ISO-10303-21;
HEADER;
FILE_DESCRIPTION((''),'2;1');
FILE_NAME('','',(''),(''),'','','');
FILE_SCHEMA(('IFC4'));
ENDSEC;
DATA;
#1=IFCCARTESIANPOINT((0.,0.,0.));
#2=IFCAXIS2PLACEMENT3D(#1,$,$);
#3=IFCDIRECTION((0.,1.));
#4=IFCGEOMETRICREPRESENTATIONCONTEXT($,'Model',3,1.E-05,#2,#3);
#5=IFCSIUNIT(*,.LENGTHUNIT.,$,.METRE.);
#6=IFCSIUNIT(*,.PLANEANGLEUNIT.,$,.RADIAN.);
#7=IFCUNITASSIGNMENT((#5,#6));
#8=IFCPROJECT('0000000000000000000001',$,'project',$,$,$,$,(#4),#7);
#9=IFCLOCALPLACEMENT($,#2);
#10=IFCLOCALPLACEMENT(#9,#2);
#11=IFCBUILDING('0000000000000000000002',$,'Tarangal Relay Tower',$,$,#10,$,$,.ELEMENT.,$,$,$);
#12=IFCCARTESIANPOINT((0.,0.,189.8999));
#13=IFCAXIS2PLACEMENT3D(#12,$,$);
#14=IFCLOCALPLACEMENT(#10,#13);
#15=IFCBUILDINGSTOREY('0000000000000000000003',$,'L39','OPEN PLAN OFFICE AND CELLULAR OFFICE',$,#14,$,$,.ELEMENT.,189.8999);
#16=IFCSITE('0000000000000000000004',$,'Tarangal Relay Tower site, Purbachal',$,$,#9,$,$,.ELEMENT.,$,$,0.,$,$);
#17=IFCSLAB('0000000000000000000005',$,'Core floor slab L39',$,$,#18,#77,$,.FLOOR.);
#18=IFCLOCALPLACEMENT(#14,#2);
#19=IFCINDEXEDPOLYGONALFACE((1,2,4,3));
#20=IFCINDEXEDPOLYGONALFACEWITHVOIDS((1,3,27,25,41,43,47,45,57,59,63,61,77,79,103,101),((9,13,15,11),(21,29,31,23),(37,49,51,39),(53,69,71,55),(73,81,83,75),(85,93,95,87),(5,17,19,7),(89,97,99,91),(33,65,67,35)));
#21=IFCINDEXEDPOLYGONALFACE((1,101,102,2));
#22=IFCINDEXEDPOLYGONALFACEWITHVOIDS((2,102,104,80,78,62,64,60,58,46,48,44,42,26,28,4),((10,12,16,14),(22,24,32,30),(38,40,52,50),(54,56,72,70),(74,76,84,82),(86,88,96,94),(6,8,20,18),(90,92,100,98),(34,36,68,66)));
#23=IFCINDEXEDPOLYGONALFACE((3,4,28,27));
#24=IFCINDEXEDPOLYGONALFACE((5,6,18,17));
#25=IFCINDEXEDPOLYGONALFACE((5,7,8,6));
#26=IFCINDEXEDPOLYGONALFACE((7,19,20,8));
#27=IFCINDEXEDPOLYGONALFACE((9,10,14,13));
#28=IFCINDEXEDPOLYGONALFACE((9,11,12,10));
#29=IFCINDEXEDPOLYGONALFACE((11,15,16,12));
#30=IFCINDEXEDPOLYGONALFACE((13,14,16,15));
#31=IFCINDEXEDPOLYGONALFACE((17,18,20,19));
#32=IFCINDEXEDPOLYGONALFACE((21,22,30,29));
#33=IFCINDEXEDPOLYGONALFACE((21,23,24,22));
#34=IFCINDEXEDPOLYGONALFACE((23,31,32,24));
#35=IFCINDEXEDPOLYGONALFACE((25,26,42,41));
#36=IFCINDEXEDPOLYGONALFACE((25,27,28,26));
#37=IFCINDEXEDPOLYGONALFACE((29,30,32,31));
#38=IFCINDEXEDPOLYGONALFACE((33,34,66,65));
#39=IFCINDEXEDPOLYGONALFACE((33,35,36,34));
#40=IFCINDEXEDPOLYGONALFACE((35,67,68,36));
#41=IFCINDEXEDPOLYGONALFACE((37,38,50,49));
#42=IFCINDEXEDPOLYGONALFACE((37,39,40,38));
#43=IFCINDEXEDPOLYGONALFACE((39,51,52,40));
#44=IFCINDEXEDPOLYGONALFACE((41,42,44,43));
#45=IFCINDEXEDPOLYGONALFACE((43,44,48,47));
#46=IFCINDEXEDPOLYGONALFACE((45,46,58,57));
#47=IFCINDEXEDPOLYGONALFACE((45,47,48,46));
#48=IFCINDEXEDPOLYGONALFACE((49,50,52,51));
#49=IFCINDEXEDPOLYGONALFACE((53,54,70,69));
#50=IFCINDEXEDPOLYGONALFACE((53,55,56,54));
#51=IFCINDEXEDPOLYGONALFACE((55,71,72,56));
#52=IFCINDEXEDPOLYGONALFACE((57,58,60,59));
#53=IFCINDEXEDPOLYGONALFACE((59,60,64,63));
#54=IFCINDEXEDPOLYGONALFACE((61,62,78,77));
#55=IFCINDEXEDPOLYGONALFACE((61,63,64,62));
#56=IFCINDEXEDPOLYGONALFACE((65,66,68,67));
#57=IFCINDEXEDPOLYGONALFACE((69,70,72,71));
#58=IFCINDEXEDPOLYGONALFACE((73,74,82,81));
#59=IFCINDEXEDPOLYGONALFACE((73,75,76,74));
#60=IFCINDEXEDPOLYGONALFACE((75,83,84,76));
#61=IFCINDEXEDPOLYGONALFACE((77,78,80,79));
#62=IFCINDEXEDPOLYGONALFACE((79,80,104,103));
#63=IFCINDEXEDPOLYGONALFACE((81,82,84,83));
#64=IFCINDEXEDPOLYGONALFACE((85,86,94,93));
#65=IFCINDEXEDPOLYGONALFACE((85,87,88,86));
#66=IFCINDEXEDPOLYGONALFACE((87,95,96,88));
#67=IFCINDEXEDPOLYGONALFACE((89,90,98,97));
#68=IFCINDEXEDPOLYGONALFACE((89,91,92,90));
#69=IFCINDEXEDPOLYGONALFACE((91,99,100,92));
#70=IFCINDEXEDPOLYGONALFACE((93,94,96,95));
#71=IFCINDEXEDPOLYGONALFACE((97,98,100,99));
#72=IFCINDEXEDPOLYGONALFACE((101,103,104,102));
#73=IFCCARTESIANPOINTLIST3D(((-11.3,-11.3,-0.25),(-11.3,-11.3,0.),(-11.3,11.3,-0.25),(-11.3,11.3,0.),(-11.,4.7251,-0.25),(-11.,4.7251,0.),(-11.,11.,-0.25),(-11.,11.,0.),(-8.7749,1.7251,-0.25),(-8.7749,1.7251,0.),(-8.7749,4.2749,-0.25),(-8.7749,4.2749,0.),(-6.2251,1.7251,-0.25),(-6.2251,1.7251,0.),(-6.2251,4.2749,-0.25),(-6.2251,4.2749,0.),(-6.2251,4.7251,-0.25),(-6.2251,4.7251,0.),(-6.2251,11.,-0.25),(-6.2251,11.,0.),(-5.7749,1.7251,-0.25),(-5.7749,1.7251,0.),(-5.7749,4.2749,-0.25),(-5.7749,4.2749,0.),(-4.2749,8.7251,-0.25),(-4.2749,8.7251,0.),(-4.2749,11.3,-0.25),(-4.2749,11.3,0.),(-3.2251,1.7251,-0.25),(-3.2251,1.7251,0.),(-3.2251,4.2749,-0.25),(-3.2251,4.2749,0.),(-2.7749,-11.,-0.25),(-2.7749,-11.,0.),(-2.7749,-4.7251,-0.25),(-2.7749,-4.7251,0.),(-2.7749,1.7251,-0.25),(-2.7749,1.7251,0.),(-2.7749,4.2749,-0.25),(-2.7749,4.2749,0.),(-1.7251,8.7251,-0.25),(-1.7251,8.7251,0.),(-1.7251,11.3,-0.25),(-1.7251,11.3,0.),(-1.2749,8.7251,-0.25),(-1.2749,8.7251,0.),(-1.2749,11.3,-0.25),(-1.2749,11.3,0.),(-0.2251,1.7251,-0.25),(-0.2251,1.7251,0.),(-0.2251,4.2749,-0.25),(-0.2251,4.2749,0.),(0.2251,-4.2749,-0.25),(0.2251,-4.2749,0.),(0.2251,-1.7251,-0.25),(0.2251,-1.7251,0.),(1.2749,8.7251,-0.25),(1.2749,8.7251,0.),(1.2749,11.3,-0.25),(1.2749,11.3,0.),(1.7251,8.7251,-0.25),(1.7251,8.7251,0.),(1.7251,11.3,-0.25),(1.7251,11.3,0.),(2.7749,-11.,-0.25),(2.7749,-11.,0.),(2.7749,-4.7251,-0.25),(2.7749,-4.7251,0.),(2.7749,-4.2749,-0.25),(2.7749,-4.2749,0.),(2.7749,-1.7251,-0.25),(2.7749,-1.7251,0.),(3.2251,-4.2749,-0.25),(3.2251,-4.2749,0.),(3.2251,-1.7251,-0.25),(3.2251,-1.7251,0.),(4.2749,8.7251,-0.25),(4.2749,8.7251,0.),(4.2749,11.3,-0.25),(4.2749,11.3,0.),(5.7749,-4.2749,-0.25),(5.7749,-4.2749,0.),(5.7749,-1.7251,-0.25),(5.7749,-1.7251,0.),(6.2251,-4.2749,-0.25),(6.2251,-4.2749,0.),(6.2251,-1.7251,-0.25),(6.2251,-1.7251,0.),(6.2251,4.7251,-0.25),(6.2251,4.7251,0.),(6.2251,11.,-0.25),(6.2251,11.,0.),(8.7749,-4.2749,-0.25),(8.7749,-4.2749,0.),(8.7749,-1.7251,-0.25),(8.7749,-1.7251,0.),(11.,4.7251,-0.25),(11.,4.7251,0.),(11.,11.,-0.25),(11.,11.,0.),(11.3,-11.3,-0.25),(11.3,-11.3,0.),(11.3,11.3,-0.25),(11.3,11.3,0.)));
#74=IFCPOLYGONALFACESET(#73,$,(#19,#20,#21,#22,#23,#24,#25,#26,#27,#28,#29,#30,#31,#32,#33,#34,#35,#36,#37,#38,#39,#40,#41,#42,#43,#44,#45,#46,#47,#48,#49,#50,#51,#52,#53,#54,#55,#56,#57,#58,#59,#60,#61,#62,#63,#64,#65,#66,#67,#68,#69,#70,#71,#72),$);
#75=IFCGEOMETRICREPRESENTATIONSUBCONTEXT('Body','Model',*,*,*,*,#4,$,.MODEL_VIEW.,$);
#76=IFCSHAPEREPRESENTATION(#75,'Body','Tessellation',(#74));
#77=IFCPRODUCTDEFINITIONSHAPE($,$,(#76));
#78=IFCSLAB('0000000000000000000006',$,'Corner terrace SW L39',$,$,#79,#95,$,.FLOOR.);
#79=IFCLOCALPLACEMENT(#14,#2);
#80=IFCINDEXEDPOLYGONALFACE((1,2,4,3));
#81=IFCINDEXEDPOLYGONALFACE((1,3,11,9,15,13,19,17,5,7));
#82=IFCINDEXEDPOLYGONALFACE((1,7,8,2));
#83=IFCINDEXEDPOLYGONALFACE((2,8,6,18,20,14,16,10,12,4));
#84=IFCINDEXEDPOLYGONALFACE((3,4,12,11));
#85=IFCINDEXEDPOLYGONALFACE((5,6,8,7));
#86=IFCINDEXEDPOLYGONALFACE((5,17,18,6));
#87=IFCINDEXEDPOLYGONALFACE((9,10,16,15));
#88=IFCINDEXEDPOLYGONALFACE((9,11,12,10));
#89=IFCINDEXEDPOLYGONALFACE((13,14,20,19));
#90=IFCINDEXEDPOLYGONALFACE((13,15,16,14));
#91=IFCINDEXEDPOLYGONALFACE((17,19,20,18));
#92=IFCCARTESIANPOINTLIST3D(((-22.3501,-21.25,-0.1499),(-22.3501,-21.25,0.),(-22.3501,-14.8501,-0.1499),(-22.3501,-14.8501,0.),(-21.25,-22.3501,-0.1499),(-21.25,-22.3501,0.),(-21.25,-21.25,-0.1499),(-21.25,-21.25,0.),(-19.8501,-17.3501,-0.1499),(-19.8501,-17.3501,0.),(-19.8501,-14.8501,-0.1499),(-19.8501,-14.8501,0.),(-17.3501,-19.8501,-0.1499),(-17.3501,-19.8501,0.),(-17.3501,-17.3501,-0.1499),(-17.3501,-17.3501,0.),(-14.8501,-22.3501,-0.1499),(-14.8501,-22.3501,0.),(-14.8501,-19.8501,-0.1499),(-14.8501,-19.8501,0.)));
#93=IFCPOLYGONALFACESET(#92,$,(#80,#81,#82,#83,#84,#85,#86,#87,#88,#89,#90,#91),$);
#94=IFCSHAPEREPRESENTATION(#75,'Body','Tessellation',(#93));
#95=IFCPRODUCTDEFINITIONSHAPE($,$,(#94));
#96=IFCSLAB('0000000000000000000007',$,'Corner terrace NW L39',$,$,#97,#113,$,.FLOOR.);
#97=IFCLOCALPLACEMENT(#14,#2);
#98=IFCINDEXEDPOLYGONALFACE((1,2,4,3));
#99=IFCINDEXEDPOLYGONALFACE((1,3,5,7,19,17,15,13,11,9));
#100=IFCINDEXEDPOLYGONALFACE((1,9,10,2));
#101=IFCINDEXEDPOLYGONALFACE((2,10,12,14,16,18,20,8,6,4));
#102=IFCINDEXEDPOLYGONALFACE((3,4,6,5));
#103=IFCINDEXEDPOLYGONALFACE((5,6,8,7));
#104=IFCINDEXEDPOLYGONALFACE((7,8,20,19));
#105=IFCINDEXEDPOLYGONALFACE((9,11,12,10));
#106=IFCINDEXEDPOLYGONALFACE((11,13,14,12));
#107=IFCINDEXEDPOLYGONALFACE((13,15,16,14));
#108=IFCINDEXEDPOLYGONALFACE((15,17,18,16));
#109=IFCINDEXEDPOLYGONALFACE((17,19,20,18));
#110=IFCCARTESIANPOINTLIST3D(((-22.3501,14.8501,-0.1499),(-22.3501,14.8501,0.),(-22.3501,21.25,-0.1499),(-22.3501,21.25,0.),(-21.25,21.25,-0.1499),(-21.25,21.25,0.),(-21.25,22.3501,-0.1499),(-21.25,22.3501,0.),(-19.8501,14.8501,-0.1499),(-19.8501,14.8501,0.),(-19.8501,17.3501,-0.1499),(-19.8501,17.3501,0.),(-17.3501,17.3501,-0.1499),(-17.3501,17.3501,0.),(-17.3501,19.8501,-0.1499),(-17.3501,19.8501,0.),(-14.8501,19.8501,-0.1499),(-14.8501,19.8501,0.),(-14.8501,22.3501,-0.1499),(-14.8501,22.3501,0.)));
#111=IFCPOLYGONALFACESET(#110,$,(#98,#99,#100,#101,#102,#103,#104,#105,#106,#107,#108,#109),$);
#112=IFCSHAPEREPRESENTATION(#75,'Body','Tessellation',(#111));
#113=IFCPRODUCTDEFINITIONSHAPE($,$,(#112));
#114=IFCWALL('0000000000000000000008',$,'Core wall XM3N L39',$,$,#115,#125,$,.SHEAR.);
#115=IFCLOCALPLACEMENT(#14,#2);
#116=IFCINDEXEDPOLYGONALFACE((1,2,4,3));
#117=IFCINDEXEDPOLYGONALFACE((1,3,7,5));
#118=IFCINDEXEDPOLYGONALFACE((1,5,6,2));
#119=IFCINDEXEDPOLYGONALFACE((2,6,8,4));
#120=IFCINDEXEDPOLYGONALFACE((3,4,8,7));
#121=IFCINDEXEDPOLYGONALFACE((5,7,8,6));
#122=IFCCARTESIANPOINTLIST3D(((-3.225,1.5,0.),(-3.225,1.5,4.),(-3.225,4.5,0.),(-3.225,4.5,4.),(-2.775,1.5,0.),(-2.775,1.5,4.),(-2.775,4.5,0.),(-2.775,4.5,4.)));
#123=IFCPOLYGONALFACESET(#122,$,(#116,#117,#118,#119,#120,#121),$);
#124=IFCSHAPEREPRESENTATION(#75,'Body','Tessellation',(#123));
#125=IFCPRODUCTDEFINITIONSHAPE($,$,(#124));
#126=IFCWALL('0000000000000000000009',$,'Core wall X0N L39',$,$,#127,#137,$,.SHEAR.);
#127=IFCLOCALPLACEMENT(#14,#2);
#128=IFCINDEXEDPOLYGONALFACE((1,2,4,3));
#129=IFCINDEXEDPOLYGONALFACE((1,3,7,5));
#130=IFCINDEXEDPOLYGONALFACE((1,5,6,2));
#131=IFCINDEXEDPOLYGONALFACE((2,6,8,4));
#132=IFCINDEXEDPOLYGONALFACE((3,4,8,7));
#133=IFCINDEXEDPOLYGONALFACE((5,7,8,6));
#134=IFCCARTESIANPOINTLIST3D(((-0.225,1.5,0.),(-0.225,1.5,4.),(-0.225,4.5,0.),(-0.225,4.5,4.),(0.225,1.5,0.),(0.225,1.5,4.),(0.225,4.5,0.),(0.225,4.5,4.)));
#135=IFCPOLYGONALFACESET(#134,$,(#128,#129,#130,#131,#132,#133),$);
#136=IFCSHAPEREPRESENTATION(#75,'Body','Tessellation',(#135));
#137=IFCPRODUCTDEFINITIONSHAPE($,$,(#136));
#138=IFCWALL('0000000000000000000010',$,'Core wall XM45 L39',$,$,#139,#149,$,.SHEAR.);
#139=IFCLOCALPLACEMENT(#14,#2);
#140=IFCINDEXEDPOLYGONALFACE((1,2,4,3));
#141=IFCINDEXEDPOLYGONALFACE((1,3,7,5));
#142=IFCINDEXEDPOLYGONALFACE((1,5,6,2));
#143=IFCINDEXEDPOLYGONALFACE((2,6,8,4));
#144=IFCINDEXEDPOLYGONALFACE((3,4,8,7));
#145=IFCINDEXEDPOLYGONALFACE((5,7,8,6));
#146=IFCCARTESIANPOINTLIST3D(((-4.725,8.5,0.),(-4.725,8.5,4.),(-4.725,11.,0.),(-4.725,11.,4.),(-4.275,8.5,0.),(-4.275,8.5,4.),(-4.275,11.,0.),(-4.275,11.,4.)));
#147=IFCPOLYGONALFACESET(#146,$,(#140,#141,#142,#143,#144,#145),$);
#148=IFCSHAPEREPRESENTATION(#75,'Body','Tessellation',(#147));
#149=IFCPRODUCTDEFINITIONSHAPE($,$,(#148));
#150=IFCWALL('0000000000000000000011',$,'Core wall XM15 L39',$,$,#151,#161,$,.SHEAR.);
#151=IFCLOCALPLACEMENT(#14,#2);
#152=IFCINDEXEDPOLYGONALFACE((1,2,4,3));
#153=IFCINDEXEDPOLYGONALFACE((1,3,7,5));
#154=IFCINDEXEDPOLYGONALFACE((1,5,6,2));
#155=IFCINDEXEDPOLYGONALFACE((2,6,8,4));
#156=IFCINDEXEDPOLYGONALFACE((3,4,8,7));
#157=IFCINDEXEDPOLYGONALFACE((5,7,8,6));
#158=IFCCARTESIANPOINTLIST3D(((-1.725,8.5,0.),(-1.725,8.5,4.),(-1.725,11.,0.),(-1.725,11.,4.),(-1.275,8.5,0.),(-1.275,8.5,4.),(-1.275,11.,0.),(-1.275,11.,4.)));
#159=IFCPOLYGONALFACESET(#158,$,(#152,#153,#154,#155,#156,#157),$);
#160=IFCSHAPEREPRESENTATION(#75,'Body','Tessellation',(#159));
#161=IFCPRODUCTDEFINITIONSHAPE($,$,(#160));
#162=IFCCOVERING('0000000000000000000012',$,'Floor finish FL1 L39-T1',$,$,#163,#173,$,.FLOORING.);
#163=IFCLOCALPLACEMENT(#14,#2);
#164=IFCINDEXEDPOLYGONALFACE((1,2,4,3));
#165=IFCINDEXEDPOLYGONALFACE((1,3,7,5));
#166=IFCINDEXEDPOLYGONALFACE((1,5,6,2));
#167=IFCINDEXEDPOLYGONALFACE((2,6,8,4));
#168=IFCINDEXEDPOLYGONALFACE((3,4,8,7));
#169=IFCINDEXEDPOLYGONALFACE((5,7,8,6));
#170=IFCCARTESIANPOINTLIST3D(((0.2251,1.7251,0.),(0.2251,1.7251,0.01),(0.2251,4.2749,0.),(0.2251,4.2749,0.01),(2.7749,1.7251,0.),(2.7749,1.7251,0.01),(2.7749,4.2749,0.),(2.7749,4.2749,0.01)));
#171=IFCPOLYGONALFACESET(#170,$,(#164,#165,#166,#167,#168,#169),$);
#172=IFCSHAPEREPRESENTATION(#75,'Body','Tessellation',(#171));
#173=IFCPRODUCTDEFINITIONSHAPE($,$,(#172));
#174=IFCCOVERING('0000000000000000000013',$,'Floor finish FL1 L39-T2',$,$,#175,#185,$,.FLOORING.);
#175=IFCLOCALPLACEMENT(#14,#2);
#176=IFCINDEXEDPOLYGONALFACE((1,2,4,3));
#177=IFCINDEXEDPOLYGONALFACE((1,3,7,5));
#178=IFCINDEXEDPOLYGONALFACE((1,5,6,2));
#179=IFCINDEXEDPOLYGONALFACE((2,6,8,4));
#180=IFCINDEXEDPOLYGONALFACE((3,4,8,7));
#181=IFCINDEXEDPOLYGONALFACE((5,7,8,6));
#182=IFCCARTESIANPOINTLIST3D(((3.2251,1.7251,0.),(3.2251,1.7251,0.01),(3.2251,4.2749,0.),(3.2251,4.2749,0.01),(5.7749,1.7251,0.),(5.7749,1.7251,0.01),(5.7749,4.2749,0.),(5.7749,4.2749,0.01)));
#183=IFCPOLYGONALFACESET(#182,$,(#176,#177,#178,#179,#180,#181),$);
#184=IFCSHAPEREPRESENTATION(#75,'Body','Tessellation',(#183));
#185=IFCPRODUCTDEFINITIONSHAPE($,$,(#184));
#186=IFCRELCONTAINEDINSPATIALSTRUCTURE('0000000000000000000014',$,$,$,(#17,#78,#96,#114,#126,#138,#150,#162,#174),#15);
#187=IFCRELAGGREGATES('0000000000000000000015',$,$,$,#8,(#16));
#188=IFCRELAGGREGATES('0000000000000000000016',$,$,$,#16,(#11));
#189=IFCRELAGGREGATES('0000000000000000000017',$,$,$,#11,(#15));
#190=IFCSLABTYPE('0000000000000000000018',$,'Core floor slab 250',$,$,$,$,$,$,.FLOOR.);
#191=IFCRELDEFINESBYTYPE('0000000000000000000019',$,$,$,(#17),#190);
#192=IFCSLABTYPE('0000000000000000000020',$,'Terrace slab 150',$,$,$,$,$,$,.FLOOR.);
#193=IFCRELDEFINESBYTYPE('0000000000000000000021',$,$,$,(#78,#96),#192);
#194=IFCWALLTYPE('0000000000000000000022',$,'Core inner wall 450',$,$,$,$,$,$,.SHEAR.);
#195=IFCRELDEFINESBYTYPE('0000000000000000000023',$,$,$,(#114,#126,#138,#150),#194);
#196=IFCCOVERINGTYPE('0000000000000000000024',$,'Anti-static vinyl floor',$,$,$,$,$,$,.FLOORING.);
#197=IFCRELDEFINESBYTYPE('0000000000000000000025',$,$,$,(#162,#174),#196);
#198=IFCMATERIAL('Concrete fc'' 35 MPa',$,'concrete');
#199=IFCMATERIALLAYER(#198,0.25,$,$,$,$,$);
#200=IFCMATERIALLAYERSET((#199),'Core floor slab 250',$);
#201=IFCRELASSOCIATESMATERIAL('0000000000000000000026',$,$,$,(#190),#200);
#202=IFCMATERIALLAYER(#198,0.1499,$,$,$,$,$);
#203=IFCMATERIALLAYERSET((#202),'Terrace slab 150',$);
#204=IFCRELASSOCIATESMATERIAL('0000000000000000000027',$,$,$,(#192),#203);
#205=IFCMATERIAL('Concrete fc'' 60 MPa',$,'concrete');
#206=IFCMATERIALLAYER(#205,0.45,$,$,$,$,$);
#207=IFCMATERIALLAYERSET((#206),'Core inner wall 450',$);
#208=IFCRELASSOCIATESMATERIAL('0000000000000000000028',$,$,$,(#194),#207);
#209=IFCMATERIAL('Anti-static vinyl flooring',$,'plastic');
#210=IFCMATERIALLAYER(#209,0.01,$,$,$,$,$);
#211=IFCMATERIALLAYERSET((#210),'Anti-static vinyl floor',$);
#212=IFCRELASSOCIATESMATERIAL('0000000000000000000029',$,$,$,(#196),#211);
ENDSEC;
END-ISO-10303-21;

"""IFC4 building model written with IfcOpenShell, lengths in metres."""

from ifc_helpers import new_model, si_unit, direction, frame, frame_2d, origin, place, context, subcontext, project, spatial, polyline, rectangle, outline, extrude, material, layer, layer_set, type_object, element, save


model = new_model("IFC4")

# Units and contexts
model_context = context("Model", 3, precision=1e-05, world=origin(), true_north=direction((0.0, 1.0)))
body_context = subcontext(model_context, "Body", "Model", "MODEL_VIEW")
ifc_project = project(units=[si_unit("LENGTHUNIT", "METRE"), si_unit("PLANEANGLEUNIT", "RADIAN")], contexts=[model_context])

# Site, building, storey
site_placement = place(None, origin())
site = spatial("IfcSite", under=ifc_project, at=site_placement, Name="Tarangal Relay Tower site, Purbachal", CompositionType="ELEMENT", RefElevation=0.0)
building_placement = place(site_placement, origin())
building = spatial("IfcBuilding", under=site, at=building_placement, Name="Tarangal Relay Tower", CompositionType="ELEMENT")
storey_placement = place(building_placement, frame((0.0, 0.0, 189.8999)))
storey = spatial("IfcBuildingStorey", under=building, at=storey_placement, Name="L39", Description="OPEN PLAN OFFICE AND CELLULAR OFFICE", CompositionType="ELEMENT", Elevation=189.8999)

# Slabs
ifc_material_1 = material(Name="Concrete fc' 35 MPa", Category="concrete")
ifc_layer_1 = layer(ifc_material_1, 0.25)
ifc_layer_set_1 = layer_set([ifc_layer_1], Name="Core floor slab 250")
slab_type_1 = type_object("IfcSlabType", Name="Core floor slab 250", PredefinedType="FLOOR", material=ifc_layer_set_1)
slab_1_placement = place(storey_placement, frame((0.0, 0.0, -0.25)))
element("IfcSlab", 1, at=slab_1_placement, inside=storey, type_object=slab_type_1, Name="Core floor slab L39", PredefinedType="FLOOR", context=body_context, shape_type="SweptSolid", body=[
    extrude(outline(polyline([(11.3, 11.3), (11.3, -11.3), (-11.3, -11.3), (-11.3, 11.3), (-4.2749, 11.3), (-4.2749, 8.7251), (-1.7251, 8.7251), (-1.7251, 11.3), (-1.2749, 11.3), (-1.2749, 8.7251), (1.2749, 8.7251), (1.2749, 11.3), (1.7251, 11.3), (1.7251, 8.7251), (4.2749, 8.7251), (4.2749, 11.3), (11.3, 11.3)]), holes=[polyline([(-6.2251, 4.2749), (-8.7749, 4.2749), (-8.7749, 1.7251), (-6.2251, 1.7251), (-6.2251, 4.2749)]), polyline([(-3.2251, 1.7251), (-3.2251, 4.2749), (-5.7749, 4.2749), (-5.7749, 1.7251), (-3.2251, 1.7251)]), polyline([(-0.2251, 1.7251), (-0.2251, 4.2749), (-2.7749, 4.2749), (-2.7749, 1.7251), (-0.2251, 1.7251)]), polyline([(-6.2251, 11.0), (-11.0, 11.0), (-11.0, 4.7251), (-6.2251, 4.7251), (-6.2251, 11.0)]), polyline([(2.7749, -4.7251), (-2.7749, -4.7251), (-2.7749, -11.0), (2.7749, -11.0), (2.7749, -4.7251)]), polyline([(2.7749, -4.2749), (2.7749, -1.7251), (0.2251, -1.7251), (0.2251, -4.2749), (2.7749, -4.2749)]), polyline([(5.7749, -4.2749), (5.7749, -1.7251), (3.2251, -1.7251), (3.2251, -4.2749), (5.7749, -4.2749)]), polyline([(8.7749, -1.7251), (6.2251, -1.7251), (6.2251, -4.2749), (8.7749, -4.2749), (8.7749, -1.7251)]), polyline([(11.0, 4.7251), (11.0, 11.0), (6.2251, 11.0), (6.2251, 4.7251), (11.0, 4.7251)])]), origin(), (0.0, 0.0, 1.0), 0.25),
])
ifc_layer_2 = layer(ifc_material_1, 0.1499)
ifc_layer_set_2 = layer_set([ifc_layer_2], Name="Terrace slab 150")
slab_type_2 = type_object("IfcSlabType", Name="Terrace slab 150", PredefinedType="FLOOR", material=ifc_layer_set_2)
slab_2_placement = place(storey_placement, frame((0.0, 0.0, -0.1499)))
element("IfcSlab", 2, at=slab_2_placement, inside=storey, type_object=slab_type_2, Name="Corner terrace SW L39", PredefinedType="FLOOR", context=body_context, shape_type="SweptSolid", body=[
    extrude(outline(polyline([(-14.8501, -22.3501), (-14.8501, -19.8501), (-17.3501, -19.8501), (-17.3501, -17.3501), (-19.8501, -17.3501), (-19.8501, -14.8501), (-22.3501, -14.8501), (-22.3501, -21.25), (-21.25, -21.25), (-21.25, -22.3501), (-14.8501, -22.3501)])), origin(), (0.0, 0.0, 1.0), 0.1499),
])
slab_3_placement = place(storey_placement, frame((0.0, 0.0, -0.1499)))
element("IfcSlab", 3, at=slab_3_placement, inside=storey, type_object=slab_type_2, Name="Corner terrace NW L39", PredefinedType="FLOOR", context=body_context, shape_type="SweptSolid", body=[
    extrude(outline(polyline([(-22.3501, 14.8501), (-19.8501, 14.8501), (-19.8501, 17.3501), (-17.3501, 17.3501), (-17.3501, 19.8501), (-14.8501, 19.8501), (-14.8501, 22.3501), (-21.25, 22.3501), (-21.25, 21.25), (-22.3501, 21.25), (-22.3501, 14.8501)])), origin(), (0.0, 0.0, 1.0), 0.1499),
])

# Shared definitions
ifc_material_2 = material(Name="Concrete fc' 60 MPa", Category="concrete")
ifc_layer_3 = layer(ifc_material_2, 0.45)
ifc_layer_set_3 = layer_set([ifc_layer_3], Name="Core inner wall 450")
wall_type = type_object("IfcWallType", Name="Core inner wall 450", PredefinedType="SHEAR", material=ifc_layer_set_3)

# Walls
for number, where, z_axis, x_axis, name in (
    (4, (-3.0, 1.5, 0.0), (0.0, 0.0, 1.0), (0.0, 1.0, 0.0), "Core wall XM3N L39"),
    (5, (0.0, 1.5, 0.0), (0.0, 0.0, 1.0), (0.0, 1.0, 0.0), "Core wall X0N L39"),
):
    element("IfcWall", number, at=place(storey_placement, frame(where, z_axis=z_axis, x_axis=x_axis)), inside=storey, type_object=wall_type, Name=name, PredefinedType="SHEAR", context=body_context, shape_type="SweptSolid", body=[
        extrude(rectangle(XDim=3.0, YDim=0.45, at=frame_2d((1.5, 0.0))), origin(), (0.0, 0.0, 1.0), 4.0),
    ])
for number, where, z_axis, x_axis, name in (
    (6, (-4.5, 8.5, 0.0), (0.0, 0.0, 1.0), (0.0, 1.0, 0.0), "Core wall XM45 L39"),
    (7, (-1.5, 8.5, 0.0), (0.0, 0.0, 1.0), (0.0, 1.0, 0.0), "Core wall XM15 L39"),
):
    element("IfcWall", number, at=place(storey_placement, frame(where, z_axis=z_axis, x_axis=x_axis)), inside=storey, type_object=wall_type, Name=name, PredefinedType="SHEAR", context=body_context, shape_type="SweptSolid", body=[
        extrude(rectangle(XDim=2.5, YDim=0.45, at=frame_2d((1.25, 0.0))), origin(), (0.0, 0.0, 1.0), 4.0),
    ])

# Coverings
ifc_material_3 = material(Name="Anti-static vinyl flooring", Category="plastic")
ifc_layer_4 = layer(ifc_material_3, 0.01)
ifc_layer_set_4 = layer_set([ifc_layer_4], Name="Anti-static vinyl floor")
covering_type_1 = type_object("IfcCoveringType", Name="Anti-static vinyl floor", PredefinedType="FLOORING", material=ifc_layer_set_4)
covering_1_placement = place(storey_placement, origin())
element("IfcCovering", 8, at=covering_1_placement, inside=storey, type_object=covering_type_1, Name="Floor finish FL1 L39-T1", PredefinedType="FLOORING", context=body_context, shape_type="SweptSolid", body=[
    extrude(outline(polyline([(0.2251, 1.7251), (2.7749, 1.7251), (2.7749, 4.2749), (0.2251, 4.2749), (0.2251, 1.7251)])), origin(), (0.0, 0.0, 1.0), 0.01),
])
covering_2_placement = place(storey_placement, origin())
element("IfcCovering", 9, at=covering_2_placement, inside=storey, type_object=covering_type_1, Name="Floor finish FL1 L39-T2", PredefinedType="FLOORING", context=body_context, shape_type="SweptSolid", body=[
    extrude(outline(polyline([(3.2251, 1.7251), (5.7749, 1.7251), (5.7749, 4.2749), (3.2251, 4.2749), (3.2251, 1.7251)])), origin(), (0.0, 0.0, 1.0), 0.01),
])

save(model, "model.ifc")
